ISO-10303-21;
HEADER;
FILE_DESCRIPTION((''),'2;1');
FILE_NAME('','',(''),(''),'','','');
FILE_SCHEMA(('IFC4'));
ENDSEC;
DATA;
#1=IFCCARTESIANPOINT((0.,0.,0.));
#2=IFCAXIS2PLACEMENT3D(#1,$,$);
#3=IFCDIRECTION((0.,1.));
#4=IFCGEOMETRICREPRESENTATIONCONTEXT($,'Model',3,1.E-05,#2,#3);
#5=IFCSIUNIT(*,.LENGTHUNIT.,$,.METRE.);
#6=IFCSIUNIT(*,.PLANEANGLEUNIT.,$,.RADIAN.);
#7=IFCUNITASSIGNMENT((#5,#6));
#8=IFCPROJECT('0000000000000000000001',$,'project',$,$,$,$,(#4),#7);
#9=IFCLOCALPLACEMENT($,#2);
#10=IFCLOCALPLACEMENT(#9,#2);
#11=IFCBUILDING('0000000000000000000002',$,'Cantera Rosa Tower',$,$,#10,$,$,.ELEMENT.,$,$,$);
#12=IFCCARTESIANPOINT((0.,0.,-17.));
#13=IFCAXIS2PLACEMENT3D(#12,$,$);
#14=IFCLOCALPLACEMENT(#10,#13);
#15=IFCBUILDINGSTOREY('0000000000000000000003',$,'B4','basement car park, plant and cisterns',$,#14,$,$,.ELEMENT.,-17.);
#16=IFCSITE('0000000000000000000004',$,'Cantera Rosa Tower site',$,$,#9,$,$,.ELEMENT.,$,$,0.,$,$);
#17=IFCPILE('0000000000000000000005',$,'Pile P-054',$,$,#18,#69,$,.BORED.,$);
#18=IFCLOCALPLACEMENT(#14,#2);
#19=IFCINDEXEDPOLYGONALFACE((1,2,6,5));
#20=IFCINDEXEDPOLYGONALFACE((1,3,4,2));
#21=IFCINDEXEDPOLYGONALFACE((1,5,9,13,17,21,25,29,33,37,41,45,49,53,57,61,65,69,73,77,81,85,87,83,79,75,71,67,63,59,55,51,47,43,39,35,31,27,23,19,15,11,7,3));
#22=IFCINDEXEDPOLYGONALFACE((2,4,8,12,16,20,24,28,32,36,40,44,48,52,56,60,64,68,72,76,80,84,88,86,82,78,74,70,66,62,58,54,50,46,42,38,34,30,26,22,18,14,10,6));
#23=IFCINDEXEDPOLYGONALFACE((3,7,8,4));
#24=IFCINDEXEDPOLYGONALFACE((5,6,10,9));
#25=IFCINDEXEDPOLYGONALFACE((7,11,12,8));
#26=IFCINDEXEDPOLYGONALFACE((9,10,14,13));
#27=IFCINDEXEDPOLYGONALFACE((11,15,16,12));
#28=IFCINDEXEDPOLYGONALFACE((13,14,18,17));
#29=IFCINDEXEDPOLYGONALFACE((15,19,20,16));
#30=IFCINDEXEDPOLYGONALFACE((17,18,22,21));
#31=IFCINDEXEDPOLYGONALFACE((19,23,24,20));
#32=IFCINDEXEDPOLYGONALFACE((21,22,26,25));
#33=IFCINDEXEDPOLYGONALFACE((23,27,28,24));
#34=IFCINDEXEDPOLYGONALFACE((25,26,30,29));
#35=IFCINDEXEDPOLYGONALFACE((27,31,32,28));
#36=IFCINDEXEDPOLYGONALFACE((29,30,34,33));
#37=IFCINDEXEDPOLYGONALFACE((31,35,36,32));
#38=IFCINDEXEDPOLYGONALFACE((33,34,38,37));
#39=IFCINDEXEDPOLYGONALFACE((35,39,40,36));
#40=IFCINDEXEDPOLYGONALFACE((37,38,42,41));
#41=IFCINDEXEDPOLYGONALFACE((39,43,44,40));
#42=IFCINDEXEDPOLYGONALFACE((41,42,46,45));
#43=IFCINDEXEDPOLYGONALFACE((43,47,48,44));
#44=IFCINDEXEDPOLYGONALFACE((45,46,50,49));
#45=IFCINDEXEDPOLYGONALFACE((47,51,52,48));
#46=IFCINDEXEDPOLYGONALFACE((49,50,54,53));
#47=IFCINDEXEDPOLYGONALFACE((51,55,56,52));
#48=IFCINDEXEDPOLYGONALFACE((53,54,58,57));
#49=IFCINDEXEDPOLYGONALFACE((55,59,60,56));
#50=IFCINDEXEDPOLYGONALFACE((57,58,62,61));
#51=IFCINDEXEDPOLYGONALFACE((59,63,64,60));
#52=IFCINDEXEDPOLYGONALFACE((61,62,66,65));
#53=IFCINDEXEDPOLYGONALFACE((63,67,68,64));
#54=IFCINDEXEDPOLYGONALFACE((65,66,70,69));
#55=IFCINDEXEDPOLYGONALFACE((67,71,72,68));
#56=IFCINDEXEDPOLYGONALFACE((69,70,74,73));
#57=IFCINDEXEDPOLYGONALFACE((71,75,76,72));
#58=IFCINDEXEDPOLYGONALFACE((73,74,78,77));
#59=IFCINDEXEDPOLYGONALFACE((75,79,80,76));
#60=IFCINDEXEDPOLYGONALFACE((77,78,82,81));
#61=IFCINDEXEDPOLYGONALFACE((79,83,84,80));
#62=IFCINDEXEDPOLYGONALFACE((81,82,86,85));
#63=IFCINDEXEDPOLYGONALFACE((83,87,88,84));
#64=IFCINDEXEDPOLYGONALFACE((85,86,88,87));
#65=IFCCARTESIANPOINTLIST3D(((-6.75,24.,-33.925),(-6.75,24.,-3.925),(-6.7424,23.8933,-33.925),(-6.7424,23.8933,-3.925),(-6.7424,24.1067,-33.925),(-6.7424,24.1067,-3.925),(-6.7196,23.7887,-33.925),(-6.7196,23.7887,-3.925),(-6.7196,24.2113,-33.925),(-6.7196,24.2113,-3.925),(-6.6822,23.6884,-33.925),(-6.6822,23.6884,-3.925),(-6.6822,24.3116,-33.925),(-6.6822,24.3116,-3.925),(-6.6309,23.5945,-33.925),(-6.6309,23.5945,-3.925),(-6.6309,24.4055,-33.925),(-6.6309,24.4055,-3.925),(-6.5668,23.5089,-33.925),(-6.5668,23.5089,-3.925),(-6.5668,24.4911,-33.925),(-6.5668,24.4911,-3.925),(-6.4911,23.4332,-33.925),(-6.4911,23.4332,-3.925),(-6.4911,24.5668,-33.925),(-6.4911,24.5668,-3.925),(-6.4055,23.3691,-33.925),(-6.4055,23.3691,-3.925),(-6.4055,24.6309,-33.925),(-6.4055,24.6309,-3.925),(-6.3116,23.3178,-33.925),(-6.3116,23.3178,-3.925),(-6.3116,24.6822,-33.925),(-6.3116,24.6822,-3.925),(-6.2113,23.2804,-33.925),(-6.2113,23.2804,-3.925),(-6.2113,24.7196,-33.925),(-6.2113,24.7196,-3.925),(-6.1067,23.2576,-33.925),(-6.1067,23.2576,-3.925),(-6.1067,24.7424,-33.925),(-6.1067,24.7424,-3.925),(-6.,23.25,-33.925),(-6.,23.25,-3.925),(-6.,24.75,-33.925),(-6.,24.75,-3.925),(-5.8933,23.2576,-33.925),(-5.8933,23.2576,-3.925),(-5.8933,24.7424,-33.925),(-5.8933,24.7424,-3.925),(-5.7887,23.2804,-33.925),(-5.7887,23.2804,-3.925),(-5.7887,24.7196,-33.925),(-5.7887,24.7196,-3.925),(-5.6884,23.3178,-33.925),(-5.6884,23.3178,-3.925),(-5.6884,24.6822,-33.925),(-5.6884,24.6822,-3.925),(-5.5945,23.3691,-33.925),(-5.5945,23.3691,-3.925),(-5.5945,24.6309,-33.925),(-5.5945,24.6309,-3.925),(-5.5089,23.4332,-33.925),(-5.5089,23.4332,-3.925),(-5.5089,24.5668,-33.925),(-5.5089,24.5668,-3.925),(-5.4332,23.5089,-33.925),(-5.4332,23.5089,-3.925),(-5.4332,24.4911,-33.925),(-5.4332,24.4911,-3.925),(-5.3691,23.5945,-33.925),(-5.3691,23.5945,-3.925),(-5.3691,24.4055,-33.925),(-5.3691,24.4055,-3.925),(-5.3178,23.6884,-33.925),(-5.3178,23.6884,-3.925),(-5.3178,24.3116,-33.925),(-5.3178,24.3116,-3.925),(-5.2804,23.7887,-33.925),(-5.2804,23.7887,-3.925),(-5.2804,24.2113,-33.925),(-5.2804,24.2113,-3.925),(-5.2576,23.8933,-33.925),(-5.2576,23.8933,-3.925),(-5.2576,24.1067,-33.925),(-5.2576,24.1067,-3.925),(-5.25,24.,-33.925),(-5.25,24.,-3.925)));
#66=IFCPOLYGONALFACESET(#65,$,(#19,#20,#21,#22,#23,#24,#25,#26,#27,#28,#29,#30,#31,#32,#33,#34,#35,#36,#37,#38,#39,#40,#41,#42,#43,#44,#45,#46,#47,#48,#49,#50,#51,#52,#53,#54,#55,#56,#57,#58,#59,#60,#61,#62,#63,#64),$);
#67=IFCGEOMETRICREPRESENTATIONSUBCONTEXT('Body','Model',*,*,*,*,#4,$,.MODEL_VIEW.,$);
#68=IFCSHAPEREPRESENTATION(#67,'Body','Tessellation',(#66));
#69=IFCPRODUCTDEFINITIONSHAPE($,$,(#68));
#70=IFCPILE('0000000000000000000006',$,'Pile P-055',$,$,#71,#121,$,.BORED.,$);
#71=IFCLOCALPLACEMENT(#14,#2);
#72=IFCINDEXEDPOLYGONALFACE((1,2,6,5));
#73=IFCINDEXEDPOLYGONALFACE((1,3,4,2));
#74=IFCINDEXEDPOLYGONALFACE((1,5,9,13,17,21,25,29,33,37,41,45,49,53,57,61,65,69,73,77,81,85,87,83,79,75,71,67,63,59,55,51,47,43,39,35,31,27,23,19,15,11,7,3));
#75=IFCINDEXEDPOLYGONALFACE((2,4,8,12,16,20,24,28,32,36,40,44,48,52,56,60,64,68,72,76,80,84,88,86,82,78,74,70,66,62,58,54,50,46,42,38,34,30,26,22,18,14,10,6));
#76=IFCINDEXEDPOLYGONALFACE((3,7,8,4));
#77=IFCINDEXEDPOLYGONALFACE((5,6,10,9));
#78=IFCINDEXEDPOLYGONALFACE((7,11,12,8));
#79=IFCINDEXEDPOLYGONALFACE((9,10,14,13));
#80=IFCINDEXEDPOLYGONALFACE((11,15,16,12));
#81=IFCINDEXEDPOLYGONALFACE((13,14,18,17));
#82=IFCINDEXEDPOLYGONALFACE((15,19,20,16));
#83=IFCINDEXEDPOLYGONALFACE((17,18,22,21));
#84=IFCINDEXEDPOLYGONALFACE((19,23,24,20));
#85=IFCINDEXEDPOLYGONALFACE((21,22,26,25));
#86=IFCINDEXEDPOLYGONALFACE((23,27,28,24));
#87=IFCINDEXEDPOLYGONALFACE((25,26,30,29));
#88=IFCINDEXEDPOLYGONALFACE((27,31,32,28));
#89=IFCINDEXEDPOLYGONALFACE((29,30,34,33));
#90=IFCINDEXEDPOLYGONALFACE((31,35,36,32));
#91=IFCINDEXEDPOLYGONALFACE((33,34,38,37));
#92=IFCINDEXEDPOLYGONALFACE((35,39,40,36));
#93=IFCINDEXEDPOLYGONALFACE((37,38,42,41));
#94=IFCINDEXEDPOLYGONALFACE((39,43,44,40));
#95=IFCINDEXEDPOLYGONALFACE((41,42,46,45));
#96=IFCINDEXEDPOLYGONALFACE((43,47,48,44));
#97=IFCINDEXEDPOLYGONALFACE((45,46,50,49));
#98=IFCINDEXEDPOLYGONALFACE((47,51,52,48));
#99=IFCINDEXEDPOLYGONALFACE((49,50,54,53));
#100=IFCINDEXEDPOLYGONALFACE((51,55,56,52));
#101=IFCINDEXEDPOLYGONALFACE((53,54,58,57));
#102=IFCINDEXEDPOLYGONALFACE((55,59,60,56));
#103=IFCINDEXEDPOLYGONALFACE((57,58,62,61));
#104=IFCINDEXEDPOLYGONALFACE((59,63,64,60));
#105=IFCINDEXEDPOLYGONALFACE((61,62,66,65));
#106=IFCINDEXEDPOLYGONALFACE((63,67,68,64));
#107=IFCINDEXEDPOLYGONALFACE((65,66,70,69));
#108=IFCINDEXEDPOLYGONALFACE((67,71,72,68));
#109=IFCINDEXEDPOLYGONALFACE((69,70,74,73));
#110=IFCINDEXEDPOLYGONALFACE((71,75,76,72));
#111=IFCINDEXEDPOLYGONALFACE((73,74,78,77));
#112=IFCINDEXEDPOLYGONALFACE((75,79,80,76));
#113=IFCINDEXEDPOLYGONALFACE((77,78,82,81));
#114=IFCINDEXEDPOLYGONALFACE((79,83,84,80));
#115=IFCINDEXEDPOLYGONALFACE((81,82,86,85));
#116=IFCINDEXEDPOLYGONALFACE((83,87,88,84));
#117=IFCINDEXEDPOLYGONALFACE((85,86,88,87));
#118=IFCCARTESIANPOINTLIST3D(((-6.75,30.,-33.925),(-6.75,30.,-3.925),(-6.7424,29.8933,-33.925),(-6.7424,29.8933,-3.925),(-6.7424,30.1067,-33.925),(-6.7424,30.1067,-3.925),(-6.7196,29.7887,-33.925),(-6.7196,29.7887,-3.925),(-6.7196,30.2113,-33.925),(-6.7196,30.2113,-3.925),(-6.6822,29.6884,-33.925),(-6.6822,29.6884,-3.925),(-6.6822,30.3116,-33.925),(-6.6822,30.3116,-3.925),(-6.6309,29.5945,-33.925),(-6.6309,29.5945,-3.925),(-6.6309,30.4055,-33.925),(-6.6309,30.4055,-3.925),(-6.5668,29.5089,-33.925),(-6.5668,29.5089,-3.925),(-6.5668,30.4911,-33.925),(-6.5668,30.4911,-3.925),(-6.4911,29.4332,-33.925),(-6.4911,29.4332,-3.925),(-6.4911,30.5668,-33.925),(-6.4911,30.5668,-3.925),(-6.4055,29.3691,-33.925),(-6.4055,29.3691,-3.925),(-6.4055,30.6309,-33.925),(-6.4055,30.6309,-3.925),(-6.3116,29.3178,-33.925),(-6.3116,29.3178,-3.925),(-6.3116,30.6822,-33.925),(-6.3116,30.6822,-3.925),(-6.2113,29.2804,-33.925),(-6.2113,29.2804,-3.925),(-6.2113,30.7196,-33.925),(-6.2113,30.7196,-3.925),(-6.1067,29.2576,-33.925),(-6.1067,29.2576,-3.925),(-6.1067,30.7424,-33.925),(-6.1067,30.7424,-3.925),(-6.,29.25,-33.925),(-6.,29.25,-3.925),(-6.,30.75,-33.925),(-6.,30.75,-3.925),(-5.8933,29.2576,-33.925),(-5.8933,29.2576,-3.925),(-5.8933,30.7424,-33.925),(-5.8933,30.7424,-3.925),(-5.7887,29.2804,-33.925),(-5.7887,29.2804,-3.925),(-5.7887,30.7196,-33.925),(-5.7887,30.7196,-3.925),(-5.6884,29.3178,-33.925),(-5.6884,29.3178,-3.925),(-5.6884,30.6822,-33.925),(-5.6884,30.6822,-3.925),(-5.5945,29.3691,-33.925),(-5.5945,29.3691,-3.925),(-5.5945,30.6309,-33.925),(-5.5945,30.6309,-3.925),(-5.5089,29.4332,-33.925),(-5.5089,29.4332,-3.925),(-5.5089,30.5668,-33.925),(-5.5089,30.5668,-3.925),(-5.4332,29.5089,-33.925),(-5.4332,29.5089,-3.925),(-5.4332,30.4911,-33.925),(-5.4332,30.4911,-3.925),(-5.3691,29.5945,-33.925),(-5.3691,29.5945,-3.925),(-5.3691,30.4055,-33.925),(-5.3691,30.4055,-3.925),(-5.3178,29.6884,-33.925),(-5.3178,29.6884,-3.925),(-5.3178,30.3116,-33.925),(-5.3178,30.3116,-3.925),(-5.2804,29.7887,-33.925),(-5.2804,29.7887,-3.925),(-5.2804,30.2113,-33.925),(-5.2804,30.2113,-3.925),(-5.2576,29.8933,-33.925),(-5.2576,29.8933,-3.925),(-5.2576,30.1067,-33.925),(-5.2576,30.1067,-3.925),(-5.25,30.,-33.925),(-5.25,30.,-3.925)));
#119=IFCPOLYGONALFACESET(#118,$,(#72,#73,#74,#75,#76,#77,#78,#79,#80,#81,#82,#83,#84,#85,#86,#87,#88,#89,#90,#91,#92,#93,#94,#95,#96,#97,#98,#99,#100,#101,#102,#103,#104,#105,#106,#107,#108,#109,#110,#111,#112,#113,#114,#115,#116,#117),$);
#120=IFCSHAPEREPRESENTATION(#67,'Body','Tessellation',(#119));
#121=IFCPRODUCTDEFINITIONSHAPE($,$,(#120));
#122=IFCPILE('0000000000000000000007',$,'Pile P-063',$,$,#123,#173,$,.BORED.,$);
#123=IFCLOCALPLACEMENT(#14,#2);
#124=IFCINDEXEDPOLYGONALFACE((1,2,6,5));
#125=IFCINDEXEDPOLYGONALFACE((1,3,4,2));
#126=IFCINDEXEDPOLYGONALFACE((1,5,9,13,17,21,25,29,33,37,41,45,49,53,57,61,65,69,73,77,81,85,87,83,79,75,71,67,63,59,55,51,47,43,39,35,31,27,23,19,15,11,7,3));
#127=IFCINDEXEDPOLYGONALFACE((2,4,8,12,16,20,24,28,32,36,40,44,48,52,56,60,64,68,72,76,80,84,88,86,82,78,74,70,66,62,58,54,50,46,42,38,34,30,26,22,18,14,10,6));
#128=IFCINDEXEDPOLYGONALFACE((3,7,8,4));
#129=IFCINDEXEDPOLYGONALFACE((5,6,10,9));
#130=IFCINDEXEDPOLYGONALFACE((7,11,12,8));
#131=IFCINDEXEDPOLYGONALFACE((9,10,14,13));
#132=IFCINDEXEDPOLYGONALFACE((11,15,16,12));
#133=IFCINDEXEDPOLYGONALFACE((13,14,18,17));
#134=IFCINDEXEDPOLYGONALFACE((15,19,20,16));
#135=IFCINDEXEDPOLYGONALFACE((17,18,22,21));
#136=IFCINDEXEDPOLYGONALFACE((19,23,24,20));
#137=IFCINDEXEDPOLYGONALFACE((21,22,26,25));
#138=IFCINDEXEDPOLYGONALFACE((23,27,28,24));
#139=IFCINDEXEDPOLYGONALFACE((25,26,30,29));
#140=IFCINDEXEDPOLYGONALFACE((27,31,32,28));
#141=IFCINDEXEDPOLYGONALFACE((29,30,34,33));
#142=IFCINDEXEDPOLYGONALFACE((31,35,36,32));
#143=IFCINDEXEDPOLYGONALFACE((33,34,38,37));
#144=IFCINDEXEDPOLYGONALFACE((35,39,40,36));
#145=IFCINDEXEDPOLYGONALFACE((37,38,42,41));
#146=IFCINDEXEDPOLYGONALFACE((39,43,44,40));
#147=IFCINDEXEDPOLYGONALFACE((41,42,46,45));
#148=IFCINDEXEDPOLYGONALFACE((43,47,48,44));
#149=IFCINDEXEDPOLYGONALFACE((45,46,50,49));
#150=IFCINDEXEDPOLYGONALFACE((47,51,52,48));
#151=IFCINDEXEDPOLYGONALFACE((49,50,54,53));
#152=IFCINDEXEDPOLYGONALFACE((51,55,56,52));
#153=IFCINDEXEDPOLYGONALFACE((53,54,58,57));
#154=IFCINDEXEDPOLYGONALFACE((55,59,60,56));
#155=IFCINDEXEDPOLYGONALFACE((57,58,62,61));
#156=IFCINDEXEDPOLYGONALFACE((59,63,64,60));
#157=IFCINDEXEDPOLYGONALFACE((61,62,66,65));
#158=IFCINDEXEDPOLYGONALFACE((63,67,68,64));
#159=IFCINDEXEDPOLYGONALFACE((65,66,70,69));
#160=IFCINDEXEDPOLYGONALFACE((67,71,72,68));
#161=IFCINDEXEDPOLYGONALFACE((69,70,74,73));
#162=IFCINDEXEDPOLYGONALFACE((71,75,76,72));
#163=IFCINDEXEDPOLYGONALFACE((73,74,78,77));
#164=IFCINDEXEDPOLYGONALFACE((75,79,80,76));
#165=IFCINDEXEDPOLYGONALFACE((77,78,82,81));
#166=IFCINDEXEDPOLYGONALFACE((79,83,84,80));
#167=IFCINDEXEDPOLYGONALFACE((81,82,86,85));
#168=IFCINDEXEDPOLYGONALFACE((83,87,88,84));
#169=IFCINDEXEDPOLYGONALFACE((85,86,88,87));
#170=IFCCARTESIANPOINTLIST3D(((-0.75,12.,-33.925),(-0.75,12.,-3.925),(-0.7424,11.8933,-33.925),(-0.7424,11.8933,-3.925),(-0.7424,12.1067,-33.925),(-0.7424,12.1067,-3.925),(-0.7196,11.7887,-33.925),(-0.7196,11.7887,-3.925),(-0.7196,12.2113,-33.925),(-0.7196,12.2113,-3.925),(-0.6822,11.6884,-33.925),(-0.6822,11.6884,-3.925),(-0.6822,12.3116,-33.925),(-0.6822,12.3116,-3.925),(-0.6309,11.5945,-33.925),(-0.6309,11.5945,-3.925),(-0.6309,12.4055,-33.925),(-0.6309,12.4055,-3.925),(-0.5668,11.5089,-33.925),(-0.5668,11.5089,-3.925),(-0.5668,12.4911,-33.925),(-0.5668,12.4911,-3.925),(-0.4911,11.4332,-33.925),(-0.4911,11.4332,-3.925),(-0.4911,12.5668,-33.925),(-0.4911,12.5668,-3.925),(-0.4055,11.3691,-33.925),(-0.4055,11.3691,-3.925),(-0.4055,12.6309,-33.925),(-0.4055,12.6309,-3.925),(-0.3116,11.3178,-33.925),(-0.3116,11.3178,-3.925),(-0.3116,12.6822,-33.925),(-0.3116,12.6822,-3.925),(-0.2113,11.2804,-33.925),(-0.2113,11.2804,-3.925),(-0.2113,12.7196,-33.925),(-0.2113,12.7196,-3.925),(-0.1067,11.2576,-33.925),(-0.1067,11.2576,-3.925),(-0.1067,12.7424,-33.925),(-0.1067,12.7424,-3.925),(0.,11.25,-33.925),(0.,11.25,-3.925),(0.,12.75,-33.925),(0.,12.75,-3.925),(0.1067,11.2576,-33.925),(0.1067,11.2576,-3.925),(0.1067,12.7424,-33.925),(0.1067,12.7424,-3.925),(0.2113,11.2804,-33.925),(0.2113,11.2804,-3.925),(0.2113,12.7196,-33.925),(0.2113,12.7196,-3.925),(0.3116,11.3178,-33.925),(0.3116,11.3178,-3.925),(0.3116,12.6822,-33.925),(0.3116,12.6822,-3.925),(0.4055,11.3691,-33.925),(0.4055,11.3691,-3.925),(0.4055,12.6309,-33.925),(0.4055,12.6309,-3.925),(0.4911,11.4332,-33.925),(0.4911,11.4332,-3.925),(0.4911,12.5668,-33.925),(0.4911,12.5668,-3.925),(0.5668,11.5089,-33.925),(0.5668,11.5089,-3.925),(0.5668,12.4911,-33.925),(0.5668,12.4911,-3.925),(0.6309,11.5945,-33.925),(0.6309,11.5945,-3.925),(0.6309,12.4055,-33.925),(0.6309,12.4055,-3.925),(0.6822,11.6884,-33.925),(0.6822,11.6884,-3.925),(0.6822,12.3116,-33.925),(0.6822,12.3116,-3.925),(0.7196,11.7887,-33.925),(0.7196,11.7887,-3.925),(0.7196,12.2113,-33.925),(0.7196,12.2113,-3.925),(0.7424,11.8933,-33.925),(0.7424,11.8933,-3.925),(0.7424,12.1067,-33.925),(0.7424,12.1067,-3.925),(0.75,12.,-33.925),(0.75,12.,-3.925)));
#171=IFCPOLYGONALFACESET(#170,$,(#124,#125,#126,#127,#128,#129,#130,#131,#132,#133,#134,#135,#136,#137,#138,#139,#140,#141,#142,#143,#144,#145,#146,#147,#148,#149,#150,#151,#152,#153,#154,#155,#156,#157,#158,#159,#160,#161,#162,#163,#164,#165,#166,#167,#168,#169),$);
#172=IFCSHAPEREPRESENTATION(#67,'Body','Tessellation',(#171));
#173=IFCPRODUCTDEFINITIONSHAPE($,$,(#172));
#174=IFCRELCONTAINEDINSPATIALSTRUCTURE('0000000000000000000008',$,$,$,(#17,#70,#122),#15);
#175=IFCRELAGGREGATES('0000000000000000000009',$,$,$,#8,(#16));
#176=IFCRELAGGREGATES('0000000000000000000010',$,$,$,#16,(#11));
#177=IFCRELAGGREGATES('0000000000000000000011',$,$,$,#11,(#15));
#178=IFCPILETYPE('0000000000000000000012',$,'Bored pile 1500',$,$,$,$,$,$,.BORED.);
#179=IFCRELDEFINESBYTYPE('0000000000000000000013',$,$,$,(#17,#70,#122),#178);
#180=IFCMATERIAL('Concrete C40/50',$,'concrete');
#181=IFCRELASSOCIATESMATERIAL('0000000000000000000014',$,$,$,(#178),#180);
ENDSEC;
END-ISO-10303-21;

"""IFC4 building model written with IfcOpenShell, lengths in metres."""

from ifc_helpers import new_model, si_unit, direction, frame, origin, origin_2d, place, context, subcontext, project, spatial, circle, extrude, material, material_profile, profile_set, type_object, element, save


model = new_model("IFC4")

# Units and contexts
model_context = context("Model", 3, precision=1e-05, world=origin(), true_north=direction((0.0, 1.0)))
body_context = subcontext(model_context, "Body", "Model", "MODEL_VIEW")
ifc_project = project(units=[si_unit("LENGTHUNIT", "METRE"), si_unit("PLANEANGLEUNIT", "RADIAN")], contexts=[model_context])

# Site, building, storey
site_placement = place(None, origin())
site = spatial("IfcSite", under=ifc_project, at=site_placement, Name="Cantera Rosa Tower site", CompositionType="ELEMENT", RefElevation=0.0)
building_placement = place(site_placement, origin())
building = spatial("IfcBuilding", under=site, at=building_placement, Name="Cantera Rosa Tower", CompositionType="ELEMENT")
storey_placement = place(building_placement, frame((0.0, 0.0, -17.0)))
storey = spatial("IfcBuildingStorey", under=building, at=storey_placement, Name="B4", Description="basement car park, plant and cisterns", CompositionType="ELEMENT", Elevation=-17.0)

# Piles
ifc_material_1 = material(Name="Concrete C40/50", Category="concrete")
ifc_material_profile_1 = material_profile(ifc_material_1, circle(Radius=0.75, at=origin_2d()), Name="Bored pile 1500")
ifc_profile_set_1 = profile_set([ifc_material_profile_1], Name="Concrete C40/50")
pile_type = type_object("IfcPileType", Name="Bored pile 1500", PredefinedType="BORED", material=ifc_profile_set_1)
for number, where, z_axis, x_axis, name in (
    (1, (-6.0, 24.0, -3.925), (0.0, 0.0, -1.0), (1.0, 0.0, 0.0), "Pile P-054"),
    (2, (-6.0, 30.0, -3.925), (0.0, 0.0, -1.0), (1.0, 0.0, 0.0), "Pile P-055"),
    (3, (0.0, 12.0, -3.925), (0.0, 0.0, -1.0), (1.0, 0.0, 0.0), "Pile P-063"),
):
    element("IfcPile", number, at=place(storey_placement, frame(where, z_axis=z_axis, x_axis=x_axis)), inside=storey, type_object=pile_type, Name=name, PredefinedType="BORED", context=body_context, shape_type="SweptSolid", body=[
        extrude(circle(Radius=0.75, at=origin_2d()), origin(), (0.0, 0.0, 1.0), 30.0),
    ])

save(model, "model.ifc")
